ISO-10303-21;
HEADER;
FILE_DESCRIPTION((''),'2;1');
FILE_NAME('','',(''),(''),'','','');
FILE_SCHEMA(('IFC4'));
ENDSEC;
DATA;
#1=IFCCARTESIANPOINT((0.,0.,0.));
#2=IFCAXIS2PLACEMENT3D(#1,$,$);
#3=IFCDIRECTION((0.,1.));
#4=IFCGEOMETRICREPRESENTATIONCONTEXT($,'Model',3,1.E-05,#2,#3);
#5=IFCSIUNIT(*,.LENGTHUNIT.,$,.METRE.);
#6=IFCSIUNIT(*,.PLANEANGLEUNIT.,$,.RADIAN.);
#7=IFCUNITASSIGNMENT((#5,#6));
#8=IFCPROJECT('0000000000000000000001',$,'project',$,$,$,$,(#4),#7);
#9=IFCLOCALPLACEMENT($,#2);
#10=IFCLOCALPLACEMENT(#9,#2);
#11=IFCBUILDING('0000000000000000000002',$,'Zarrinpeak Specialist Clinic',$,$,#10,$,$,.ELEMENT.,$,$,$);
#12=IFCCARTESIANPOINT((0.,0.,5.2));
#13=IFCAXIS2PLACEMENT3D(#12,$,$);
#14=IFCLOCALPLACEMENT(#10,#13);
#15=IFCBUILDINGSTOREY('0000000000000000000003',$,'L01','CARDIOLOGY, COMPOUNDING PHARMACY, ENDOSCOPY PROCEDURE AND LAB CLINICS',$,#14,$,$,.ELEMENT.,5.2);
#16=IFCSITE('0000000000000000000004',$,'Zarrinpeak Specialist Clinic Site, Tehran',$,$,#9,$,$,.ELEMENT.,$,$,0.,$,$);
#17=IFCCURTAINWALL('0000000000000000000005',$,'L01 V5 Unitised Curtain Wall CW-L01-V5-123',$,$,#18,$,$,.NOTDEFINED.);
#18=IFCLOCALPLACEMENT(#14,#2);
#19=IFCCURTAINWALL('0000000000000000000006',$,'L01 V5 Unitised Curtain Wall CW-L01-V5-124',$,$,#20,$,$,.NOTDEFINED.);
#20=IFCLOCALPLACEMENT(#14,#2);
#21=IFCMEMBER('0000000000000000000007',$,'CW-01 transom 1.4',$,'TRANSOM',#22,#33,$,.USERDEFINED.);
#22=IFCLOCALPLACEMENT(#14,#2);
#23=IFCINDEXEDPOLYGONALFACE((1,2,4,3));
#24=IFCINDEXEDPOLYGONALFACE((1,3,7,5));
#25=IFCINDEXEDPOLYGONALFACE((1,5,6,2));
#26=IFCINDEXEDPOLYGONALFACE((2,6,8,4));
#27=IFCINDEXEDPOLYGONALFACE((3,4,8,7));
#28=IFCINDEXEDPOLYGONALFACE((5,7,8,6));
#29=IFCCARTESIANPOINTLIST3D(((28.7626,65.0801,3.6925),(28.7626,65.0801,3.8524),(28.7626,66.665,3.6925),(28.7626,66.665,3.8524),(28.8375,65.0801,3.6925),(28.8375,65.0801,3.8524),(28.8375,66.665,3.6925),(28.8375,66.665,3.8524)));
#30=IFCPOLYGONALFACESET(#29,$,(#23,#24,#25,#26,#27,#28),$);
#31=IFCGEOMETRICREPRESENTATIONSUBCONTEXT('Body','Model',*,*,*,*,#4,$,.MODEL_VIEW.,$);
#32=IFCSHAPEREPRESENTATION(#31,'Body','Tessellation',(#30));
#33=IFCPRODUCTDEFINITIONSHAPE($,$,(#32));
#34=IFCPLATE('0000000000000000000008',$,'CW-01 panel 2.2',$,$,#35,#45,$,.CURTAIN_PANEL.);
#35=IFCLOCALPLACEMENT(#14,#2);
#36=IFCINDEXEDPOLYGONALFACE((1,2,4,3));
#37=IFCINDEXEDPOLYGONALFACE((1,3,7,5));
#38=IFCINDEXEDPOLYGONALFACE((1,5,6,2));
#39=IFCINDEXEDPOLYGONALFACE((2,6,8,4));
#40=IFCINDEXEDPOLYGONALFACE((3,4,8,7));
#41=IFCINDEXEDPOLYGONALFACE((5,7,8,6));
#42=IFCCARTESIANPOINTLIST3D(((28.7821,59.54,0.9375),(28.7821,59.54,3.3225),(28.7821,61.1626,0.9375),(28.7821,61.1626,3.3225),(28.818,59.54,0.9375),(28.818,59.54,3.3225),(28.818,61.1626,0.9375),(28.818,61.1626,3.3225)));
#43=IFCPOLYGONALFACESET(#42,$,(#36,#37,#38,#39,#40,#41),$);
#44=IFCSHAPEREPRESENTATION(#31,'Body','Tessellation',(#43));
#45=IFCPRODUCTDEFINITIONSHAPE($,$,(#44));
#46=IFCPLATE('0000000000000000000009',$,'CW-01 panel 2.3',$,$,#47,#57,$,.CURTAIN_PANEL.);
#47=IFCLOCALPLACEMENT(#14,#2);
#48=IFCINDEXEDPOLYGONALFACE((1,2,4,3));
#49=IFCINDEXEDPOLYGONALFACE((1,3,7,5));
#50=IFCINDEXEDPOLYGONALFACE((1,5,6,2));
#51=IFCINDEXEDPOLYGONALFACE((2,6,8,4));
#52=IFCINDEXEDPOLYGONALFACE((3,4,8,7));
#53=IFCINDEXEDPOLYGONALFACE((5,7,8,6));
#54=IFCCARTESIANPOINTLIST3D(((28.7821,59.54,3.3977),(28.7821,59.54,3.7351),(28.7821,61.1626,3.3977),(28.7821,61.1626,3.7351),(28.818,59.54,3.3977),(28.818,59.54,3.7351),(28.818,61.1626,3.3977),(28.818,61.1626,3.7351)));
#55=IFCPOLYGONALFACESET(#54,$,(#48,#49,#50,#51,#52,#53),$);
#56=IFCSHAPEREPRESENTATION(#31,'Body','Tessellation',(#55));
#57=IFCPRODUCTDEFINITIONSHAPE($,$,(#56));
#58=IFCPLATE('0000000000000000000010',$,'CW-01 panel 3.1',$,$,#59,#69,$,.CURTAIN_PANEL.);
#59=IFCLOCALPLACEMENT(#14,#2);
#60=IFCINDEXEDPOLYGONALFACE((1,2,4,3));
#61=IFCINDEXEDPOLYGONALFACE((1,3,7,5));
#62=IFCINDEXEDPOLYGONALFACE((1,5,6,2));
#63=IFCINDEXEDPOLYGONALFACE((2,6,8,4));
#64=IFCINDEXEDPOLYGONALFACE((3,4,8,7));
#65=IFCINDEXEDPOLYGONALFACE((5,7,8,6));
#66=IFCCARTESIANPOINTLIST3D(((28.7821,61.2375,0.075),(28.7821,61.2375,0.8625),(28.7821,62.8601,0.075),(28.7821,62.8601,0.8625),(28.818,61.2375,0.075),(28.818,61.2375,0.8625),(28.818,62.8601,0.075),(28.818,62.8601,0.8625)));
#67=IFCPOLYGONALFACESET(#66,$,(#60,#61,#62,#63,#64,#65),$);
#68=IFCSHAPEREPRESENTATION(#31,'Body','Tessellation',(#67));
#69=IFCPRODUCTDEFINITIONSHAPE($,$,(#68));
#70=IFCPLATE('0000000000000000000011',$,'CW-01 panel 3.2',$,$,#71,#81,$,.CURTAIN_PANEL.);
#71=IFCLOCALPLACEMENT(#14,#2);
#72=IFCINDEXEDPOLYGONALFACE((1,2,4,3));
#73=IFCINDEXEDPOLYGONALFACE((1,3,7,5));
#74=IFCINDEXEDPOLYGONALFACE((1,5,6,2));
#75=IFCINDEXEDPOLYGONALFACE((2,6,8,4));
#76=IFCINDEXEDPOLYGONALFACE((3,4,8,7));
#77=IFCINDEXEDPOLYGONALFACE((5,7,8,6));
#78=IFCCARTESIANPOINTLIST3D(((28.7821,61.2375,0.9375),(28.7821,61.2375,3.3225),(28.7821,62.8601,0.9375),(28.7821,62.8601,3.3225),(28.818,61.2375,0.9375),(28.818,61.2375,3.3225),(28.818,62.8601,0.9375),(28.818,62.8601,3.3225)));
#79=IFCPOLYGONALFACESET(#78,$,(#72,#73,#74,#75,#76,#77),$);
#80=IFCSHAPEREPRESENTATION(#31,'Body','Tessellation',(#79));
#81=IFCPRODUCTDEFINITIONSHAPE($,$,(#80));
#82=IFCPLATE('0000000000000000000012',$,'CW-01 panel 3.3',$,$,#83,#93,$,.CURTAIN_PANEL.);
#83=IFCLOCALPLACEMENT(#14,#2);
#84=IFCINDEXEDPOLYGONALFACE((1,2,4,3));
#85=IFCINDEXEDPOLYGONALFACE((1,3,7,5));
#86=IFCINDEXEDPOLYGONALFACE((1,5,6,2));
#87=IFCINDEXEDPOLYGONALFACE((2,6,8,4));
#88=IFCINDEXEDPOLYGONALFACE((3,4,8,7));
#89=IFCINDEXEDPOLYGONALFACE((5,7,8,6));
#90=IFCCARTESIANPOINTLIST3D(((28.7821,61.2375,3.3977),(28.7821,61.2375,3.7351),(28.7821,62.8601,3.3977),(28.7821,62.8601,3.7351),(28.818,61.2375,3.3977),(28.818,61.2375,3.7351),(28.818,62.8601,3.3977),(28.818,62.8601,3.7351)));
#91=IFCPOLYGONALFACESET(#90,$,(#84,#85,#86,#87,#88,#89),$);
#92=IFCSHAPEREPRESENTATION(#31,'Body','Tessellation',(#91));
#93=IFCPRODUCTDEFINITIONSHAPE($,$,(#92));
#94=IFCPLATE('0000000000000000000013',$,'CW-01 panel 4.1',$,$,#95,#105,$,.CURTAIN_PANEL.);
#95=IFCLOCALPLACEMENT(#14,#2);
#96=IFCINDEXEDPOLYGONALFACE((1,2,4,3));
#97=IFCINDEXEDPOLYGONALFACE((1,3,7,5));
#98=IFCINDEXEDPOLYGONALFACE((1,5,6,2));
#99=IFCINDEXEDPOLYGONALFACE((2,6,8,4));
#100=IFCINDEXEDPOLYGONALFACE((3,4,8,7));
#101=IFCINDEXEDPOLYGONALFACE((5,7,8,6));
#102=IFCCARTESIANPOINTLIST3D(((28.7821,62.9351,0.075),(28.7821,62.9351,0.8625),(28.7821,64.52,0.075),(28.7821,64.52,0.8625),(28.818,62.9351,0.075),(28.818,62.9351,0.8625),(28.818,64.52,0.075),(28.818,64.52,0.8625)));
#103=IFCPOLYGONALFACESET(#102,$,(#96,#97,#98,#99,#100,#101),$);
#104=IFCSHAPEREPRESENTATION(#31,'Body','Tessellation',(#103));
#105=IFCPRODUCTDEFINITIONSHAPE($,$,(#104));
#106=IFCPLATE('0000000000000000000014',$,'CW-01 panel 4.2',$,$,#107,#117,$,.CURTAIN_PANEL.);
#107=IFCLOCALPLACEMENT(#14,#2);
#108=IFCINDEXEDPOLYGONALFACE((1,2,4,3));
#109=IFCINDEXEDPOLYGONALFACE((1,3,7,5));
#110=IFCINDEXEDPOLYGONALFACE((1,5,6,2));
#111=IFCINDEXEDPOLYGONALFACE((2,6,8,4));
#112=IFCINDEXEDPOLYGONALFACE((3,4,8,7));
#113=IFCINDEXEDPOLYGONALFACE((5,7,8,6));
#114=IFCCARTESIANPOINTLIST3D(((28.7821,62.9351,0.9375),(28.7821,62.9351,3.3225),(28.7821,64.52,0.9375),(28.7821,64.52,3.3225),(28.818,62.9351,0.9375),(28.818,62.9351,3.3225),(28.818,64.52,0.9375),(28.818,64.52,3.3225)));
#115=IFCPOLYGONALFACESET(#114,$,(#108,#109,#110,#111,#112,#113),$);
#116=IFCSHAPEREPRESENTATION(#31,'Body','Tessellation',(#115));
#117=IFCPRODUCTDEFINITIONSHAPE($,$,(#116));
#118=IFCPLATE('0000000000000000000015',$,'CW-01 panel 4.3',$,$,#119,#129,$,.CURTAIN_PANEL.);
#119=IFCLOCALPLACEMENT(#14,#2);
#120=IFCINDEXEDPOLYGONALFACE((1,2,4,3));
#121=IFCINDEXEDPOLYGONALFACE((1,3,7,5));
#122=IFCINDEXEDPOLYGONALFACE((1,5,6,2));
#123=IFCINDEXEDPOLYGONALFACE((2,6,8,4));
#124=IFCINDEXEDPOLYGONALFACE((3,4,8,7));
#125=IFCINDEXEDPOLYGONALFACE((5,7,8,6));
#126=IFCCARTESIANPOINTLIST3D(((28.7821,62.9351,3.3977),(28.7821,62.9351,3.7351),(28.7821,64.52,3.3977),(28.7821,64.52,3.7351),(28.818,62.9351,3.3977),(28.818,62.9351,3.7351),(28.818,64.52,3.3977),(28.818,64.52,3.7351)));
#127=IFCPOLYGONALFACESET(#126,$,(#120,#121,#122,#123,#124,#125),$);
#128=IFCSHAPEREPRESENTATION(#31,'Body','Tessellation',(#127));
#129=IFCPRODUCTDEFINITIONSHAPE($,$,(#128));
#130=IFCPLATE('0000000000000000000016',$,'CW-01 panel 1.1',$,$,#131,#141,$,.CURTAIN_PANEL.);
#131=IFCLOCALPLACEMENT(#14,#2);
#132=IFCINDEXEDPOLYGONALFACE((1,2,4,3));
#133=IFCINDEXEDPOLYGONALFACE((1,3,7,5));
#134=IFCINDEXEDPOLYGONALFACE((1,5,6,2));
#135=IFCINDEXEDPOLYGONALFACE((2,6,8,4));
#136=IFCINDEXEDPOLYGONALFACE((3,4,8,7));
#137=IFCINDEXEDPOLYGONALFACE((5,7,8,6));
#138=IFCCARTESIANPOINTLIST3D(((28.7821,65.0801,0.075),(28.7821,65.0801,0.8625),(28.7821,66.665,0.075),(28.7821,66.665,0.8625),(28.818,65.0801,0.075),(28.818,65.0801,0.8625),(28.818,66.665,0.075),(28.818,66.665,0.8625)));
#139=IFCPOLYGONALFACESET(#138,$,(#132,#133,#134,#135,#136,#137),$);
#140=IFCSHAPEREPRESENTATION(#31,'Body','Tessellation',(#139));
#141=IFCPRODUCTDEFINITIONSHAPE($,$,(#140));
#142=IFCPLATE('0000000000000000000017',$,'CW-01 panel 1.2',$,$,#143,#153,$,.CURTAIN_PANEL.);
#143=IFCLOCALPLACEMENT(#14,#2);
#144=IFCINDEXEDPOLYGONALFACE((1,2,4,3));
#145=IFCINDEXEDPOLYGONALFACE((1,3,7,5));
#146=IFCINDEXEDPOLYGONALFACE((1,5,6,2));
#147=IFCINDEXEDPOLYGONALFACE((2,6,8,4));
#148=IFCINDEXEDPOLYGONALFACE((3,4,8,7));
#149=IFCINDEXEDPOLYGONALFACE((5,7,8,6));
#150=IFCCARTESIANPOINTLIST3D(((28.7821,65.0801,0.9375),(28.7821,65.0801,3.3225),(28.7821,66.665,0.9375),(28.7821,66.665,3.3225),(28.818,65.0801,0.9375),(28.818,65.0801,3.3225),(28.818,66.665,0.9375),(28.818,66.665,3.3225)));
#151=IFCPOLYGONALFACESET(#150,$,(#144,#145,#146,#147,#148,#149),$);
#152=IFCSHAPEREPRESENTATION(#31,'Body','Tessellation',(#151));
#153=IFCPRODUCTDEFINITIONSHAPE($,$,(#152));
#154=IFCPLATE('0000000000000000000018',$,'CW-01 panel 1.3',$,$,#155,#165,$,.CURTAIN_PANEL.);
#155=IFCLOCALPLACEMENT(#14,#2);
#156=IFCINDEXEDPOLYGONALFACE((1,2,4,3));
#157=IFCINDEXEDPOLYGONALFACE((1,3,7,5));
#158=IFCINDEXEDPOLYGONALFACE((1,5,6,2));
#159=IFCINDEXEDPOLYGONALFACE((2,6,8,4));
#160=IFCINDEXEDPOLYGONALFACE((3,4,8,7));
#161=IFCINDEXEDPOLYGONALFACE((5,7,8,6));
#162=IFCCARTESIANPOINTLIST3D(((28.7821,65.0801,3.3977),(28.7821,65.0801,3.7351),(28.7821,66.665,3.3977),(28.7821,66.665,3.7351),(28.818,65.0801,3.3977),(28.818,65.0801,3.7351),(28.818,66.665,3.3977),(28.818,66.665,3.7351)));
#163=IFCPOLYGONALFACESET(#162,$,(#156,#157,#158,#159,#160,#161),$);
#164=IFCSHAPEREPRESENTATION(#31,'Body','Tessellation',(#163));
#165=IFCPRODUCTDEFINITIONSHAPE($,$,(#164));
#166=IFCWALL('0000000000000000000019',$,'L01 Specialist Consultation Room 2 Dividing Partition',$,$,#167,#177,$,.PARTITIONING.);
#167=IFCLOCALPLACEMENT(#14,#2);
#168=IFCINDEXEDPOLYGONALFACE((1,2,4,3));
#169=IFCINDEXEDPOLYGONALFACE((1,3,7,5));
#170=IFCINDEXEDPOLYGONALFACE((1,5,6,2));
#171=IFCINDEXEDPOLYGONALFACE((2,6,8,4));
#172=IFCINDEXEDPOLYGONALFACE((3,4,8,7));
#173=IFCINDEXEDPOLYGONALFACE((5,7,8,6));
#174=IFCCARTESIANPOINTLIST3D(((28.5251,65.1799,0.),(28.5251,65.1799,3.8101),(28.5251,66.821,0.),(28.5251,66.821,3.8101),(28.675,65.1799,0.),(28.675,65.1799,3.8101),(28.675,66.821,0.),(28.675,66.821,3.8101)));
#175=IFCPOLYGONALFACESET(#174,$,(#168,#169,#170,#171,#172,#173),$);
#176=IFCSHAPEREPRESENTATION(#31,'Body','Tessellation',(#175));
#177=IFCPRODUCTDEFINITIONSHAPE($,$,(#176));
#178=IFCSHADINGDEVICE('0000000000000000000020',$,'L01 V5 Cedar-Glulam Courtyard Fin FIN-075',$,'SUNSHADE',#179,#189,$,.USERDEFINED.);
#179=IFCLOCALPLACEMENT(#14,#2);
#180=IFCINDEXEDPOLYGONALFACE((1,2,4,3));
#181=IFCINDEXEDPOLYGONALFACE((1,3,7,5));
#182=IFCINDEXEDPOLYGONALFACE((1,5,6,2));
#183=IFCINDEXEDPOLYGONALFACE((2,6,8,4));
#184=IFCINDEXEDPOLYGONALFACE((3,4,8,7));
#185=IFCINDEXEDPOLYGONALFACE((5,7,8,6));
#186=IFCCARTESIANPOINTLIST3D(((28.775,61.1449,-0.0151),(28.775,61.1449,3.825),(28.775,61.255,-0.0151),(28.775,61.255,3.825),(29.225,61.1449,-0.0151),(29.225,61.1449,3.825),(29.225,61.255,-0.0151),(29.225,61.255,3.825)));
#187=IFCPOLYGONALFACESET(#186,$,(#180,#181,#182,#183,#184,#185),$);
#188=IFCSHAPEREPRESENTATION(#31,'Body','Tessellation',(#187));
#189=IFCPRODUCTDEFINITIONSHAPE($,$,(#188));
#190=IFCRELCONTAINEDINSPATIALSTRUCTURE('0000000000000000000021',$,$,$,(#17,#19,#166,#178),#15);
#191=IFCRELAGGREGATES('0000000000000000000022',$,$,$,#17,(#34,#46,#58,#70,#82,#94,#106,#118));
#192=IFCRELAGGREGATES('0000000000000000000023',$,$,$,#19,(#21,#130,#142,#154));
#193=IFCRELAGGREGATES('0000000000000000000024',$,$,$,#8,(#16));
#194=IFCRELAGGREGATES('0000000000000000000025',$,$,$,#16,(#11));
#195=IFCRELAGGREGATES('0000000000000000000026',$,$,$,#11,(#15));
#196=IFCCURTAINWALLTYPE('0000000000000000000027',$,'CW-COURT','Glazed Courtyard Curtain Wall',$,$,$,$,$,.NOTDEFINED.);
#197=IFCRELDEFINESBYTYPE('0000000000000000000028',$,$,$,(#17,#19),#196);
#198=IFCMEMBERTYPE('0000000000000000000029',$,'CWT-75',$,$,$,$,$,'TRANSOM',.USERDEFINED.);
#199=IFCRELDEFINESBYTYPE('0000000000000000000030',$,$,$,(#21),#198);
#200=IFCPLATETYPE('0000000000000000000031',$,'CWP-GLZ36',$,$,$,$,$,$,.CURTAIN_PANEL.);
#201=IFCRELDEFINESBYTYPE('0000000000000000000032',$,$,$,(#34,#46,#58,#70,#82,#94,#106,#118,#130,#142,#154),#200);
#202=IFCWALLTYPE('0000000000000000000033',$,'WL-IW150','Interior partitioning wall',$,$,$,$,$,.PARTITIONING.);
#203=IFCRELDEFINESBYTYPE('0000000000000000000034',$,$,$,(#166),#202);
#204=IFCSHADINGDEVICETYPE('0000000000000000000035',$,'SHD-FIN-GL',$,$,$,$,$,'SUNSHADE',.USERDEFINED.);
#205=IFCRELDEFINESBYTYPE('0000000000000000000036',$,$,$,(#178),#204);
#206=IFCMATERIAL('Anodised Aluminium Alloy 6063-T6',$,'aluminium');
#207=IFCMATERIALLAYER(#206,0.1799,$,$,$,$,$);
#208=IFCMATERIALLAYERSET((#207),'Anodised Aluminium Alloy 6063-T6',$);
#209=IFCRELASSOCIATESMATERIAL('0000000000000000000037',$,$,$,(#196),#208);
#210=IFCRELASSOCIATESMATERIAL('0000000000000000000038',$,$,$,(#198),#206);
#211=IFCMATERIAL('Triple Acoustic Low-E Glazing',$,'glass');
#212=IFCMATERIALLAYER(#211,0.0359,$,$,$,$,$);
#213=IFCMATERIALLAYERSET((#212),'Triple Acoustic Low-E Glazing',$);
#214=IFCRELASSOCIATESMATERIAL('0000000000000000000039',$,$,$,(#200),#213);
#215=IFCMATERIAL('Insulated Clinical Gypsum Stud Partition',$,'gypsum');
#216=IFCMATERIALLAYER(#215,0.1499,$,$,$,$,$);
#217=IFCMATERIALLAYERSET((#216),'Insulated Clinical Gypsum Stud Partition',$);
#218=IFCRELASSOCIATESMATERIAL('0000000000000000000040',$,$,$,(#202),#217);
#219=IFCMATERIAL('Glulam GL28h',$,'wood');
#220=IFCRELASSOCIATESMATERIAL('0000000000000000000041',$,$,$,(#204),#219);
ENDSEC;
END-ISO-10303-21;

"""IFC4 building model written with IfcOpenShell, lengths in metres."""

from ifc_helpers import new_model, si_unit, direction, frame, frame_2d, origin, origin_2d, place, context, subcontext, project, spatial, rectangle, extrude, material, layer, layer_set, material_profile, profile_set, type_object, element, aggregate, save


model = new_model("IFC4")

# Units and contexts
model_context = context("Model", 3, precision=1e-05, world=origin(), true_north=direction((0.0, 1.0)))
body_context = subcontext(model_context, "Body", "Model", "MODEL_VIEW")
ifc_project = project(units=[si_unit("LENGTHUNIT", "METRE"), si_unit("PLANEANGLEUNIT", "RADIAN")], contexts=[model_context])

# Site, building, storey
site_placement = place(None, origin())
site = spatial("IfcSite", under=ifc_project, at=site_placement, Name="Zarrinpeak Specialist Clinic Site, Tehran", CompositionType="ELEMENT", RefElevation=0.0)
building_placement = place(site_placement, origin())
building = spatial("IfcBuilding", under=site, at=building_placement, Name="Zarrinpeak Specialist Clinic", CompositionType="ELEMENT")
storey_placement = place(building_placement, frame((0.0, 0.0, 5.2)))
storey = spatial("IfcBuildingStorey", under=building, at=storey_placement, Name="L01", Description="CARDIOLOGY, COMPOUNDING PHARMACY, ENDOSCOPY PROCEDURE AND LAB CLINICS", CompositionType="ELEMENT", Elevation=5.2)

# Curtain wall
ifc_material_1 = material(Name="Anodised Aluminium Alloy 6063-T6", Category="aluminium")
ifc_layer_1 = layer(ifc_material_1, 0.1799)
ifc_layer_set_1 = layer_set([ifc_layer_1], Name="Anodised Aluminium Alloy 6063-T6")
curtain_wall_type = type_object("IfcCurtainWallType", Name="CW-COURT", Description="Glazed Courtyard Curtain Wall", PredefinedType="NOTDEFINED", material=ifc_layer_set_1)
curtain_wall_1_placement = place(storey_placement, origin())
curtain_wall_1 = element("IfcCurtainWall", 1, at=curtain_wall_1_placement, inside=storey, type_object=curtain_wall_type, Name="L01 V5 Unitised Curtain Wall CW-L01-V5-123", PredefinedType="NOTDEFINED")

# Curtain wall
curtain_wall_2_placement = place(storey_placement, origin())
curtain_wall_2 = element("IfcCurtainWall", 2, at=curtain_wall_2_placement, inside=storey, type_object=curtain_wall_type, Name="L01 V5 Unitised Curtain Wall CW-L01-V5-124", PredefinedType="NOTDEFINED")

# Member
ifc_material_profile_1 = material_profile(ifc_material_1, rectangle(XDim=0.075, YDim=0.1599, at=origin_2d()), Name="ALU 75x160")
ifc_profile_set_1 = profile_set([ifc_material_profile_1], Name="Anodised Aluminium Alloy 6063-T6")
member_type_1 = type_object("IfcMemberType", Name="CWT-75", ElementType="TRANSOM", PredefinedType="USERDEFINED", material=ifc_profile_set_1)
member_1_placement = place(storey_placement, frame((28.8, 65.0801, 3.7725), z_axis=(0.0, 1.0, 0.0), x_axis=(-1.0, 0.0, 0.0)))
member_1 = element("IfcMember", 3, at=member_1_placement, type_object=member_type_1, Name="CW-01 transom 1.4", ObjectType="TRANSOM", PredefinedType="USERDEFINED", context=body_context, shape_type="SweptSolid", body=[
    extrude(rectangle(XDim=0.075, YDim=0.1599, at=origin_2d()), origin(), (0.0, 0.0, 1.0), 1.585),
])

# Plates
ifc_material_2 = material(Name="Triple Acoustic Low-E Glazing", Category="glass")
ifc_layer_2 = layer(ifc_material_2, 0.0359)
ifc_layer_set_2 = layer_set([ifc_layer_2], Name="Triple Acoustic Low-E Glazing")
plate_type = type_object("IfcPlateType", Name="CWP-GLZ36", PredefinedType="CURTAIN_PANEL", material=ifc_layer_set_2)
plate_1_placement = place(storey_placement, frame((28.8, 60.3513, 0.9375), z_axis=(0.0, 0.0, 1.0), x_axis=(0.0, 1.0, 0.0)))
plate_1 = element("IfcPlate", 4, at=plate_1_placement, type_object=plate_type, Name="CW-01 panel 2.2", PredefinedType="CURTAIN_PANEL", context=body_context, shape_type="SweptSolid", body=[
    extrude(rectangle(XDim=1.6226, YDim=0.0359, at=origin_2d()), origin(), (0.0, 0.0, 1.0), 2.385),
])
plate_2_placement = place(storey_placement, frame((28.8, 60.3513, 3.3977), z_axis=(0.0, 0.0, 1.0), x_axis=(0.0, 1.0, 0.0)))
plate_2 = element("IfcPlate", 5, at=plate_2_placement, type_object=plate_type, Name="CW-01 panel 2.3", PredefinedType="CURTAIN_PANEL", context=body_context, shape_type="SweptSolid", body=[
    extrude(rectangle(XDim=1.6226, YDim=0.0359, at=origin_2d()), origin(), (0.0, 0.0, 1.0), 0.3374),
])
plate_3_placement = place(storey_placement, frame((28.8, 62.0488, 0.075), z_axis=(0.0, 0.0, 1.0), x_axis=(0.0, 1.0, 0.0)))
plate_3 = element("IfcPlate", 6, at=plate_3_placement, type_object=plate_type, Name="CW-01 panel 3.1", PredefinedType="CURTAIN_PANEL", context=body_context, shape_type="SweptSolid", body=[
    extrude(rectangle(XDim=1.6226, YDim=0.0359, at=origin_2d()), origin(), (0.0, 0.0, 1.0), 0.7876),
])
plate_4_placement = place(storey_placement, frame((28.8, 62.0488, 0.9375), z_axis=(0.0, 0.0, 1.0), x_axis=(0.0, 1.0, 0.0)))
plate_4 = element("IfcPlate", 7, at=plate_4_placement, type_object=plate_type, Name="CW-01 panel 3.2", PredefinedType="CURTAIN_PANEL", context=body_context, shape_type="SweptSolid", body=[
    extrude(rectangle(XDim=1.6226, YDim=0.0359, at=origin_2d()), origin(), (0.0, 0.0, 1.0), 2.385),
])
plate_5_placement = place(storey_placement, frame((28.8, 62.0488, 3.3977), z_axis=(0.0, 0.0, 1.0), x_axis=(0.0, 1.0, 0.0)))
plate_5 = element("IfcPlate", 8, at=plate_5_placement, type_object=plate_type, Name="CW-01 panel 3.3", PredefinedType="CURTAIN_PANEL", context=body_context, shape_type="SweptSolid", body=[
    extrude(rectangle(XDim=1.6226, YDim=0.0359, at=origin_2d()), origin(), (0.0, 0.0, 1.0), 0.3374),
])
plate_6_placement = place(storey_placement, frame((28.8, 63.7275, 0.075), z_axis=(0.0, 0.0, 1.0), x_axis=(0.0, 1.0, 0.0)))
plate_6 = element("IfcPlate", 9, at=plate_6_placement, type_object=plate_type, Name="CW-01 panel 4.1", PredefinedType="CURTAIN_PANEL", context=body_context, shape_type="SweptSolid", body=[
    extrude(rectangle(XDim=1.585, YDim=0.0359, at=origin_2d()), origin(), (0.0, 0.0, 1.0), 0.7876),
])
plate_7_placement = place(storey_placement, frame((28.8, 63.7275, 0.9375), z_axis=(0.0, 0.0, 1.0), x_axis=(0.0, 1.0, 0.0)))
plate_7 = element("IfcPlate", 10, at=plate_7_placement, type_object=plate_type, Name="CW-01 panel 4.2", PredefinedType="CURTAIN_PANEL", context=body_context, shape_type="SweptSolid", body=[
    extrude(rectangle(XDim=1.585, YDim=0.0359, at=origin_2d()), origin(), (0.0, 0.0, 1.0), 2.385),
])
plate_8_placement = place(storey_placement, frame((28.8, 63.7275, 3.3977), z_axis=(0.0, 0.0, 1.0), x_axis=(0.0, 1.0, 0.0)))
plate_8 = element("IfcPlate", 11, at=plate_8_placement, type_object=plate_type, Name="CW-01 panel 4.3", PredefinedType="CURTAIN_PANEL", context=body_context, shape_type="SweptSolid", body=[
    extrude(rectangle(XDim=1.585, YDim=0.0359, at=origin_2d()), origin(), (0.0, 0.0, 1.0), 0.3374),
])
aggregate(curtain_wall_1, [plate_1, plate_2, plate_3, plate_4, plate_5, plate_6, plate_7, plate_8])
plate_9_placement = place(storey_placement, frame((28.8, 65.8726, 0.075), z_axis=(0.0, 0.0, 1.0), x_axis=(0.0, 1.0, 0.0)))
plate_9 = element("IfcPlate", 12, at=plate_9_placement, type_object=plate_type, Name="CW-01 panel 1.1", PredefinedType="CURTAIN_PANEL", context=body_context, shape_type="SweptSolid", body=[
    extrude(rectangle(XDim=1.585, YDim=0.0359, at=origin_2d()), origin(), (0.0, 0.0, 1.0), 0.7876),
])
plate_10_placement = place(storey_placement, frame((28.8, 65.8726, 0.9375), z_axis=(0.0, 0.0, 1.0), x_axis=(0.0, 1.0, 0.0)))
plate_10 = element("IfcPlate", 13, at=plate_10_placement, type_object=plate_type, Name="CW-01 panel 1.2", PredefinedType="CURTAIN_PANEL", context=body_context, shape_type="SweptSolid", body=[
    extrude(rectangle(XDim=1.585, YDim=0.0359, at=origin_2d()), origin(), (0.0, 0.0, 1.0), 2.385),
])
plate_11_placement = place(storey_placement, frame((28.8, 65.8726, 3.3977), z_axis=(0.0, 0.0, 1.0), x_axis=(0.0, 1.0, 0.0)))
plate_11 = element("IfcPlate", 14, at=plate_11_placement, type_object=plate_type, Name="CW-01 panel 1.3", PredefinedType="CURTAIN_PANEL", context=body_context, shape_type="SweptSolid", body=[
    extrude(rectangle(XDim=1.585, YDim=0.0359, at=origin_2d()), origin(), (0.0, 0.0, 1.0), 0.3374),
])
aggregate(curtain_wall_2, [member_1, plate_9, plate_10, plate_11])

# Wall
ifc_material_3 = material(Name="Insulated Clinical Gypsum Stud Partition", Category="gypsum")
ifc_layer_3 = layer(ifc_material_3, 0.1499)
ifc_layer_set_3 = layer_set([ifc_layer_3], Name="Insulated Clinical Gypsum Stud Partition")
wall_type = type_object("IfcWallType", Name="WL-IW150", Description="Interior partitioning wall", PredefinedType="PARTITIONING", material=ifc_layer_set_3)
wall_placement = place(storey_placement, frame((28.6001, 65.1799, 0.0), z_axis=(0.0, 0.0, 1.0), x_axis=(0.0, 1.0, 0.0)))
element("IfcWall", 15, at=wall_placement, inside=storey, type_object=wall_type, Name="L01 Specialist Consultation Room 2 Dividing Partition", PredefinedType="PARTITIONING", context=body_context, shape_type="SweptSolid", body=[
    extrude(rectangle(XDim=1.6411, YDim=0.1499, at=frame_2d((0.8206, 0.0))), origin(), (0.0, 0.0, 1.0), 3.8101),
])

# Shading device
ifc_material_4 = material(Name="Glulam GL28h", Category="wood")
shading_device_type = type_object("IfcShadingDeviceType", Name="SHD-FIN-GL", ElementType="SUNSHADE", PredefinedType="USERDEFINED", material=ifc_material_4)
shading_device_placement = place(storey_placement, frame((29.0, 61.2, -0.0151), z_axis=(0.0, 0.0, 1.0), x_axis=(1.0, 0.0, 0.0)))
element("IfcShadingDevice", 16, at=shading_device_placement, inside=storey, type_object=shading_device_type, Name="L01 V5 Cedar-Glulam Courtyard Fin FIN-075", ObjectType="SUNSHADE", PredefinedType="USERDEFINED", context=body_context, shape_type="SweptSolid", body=[
    extrude(rectangle(XDim=0.45, YDim=0.1101, at=origin_2d()), origin(), (0.0, 0.0, 1.0), 3.8401),
])

save(model, "model.ifc")
